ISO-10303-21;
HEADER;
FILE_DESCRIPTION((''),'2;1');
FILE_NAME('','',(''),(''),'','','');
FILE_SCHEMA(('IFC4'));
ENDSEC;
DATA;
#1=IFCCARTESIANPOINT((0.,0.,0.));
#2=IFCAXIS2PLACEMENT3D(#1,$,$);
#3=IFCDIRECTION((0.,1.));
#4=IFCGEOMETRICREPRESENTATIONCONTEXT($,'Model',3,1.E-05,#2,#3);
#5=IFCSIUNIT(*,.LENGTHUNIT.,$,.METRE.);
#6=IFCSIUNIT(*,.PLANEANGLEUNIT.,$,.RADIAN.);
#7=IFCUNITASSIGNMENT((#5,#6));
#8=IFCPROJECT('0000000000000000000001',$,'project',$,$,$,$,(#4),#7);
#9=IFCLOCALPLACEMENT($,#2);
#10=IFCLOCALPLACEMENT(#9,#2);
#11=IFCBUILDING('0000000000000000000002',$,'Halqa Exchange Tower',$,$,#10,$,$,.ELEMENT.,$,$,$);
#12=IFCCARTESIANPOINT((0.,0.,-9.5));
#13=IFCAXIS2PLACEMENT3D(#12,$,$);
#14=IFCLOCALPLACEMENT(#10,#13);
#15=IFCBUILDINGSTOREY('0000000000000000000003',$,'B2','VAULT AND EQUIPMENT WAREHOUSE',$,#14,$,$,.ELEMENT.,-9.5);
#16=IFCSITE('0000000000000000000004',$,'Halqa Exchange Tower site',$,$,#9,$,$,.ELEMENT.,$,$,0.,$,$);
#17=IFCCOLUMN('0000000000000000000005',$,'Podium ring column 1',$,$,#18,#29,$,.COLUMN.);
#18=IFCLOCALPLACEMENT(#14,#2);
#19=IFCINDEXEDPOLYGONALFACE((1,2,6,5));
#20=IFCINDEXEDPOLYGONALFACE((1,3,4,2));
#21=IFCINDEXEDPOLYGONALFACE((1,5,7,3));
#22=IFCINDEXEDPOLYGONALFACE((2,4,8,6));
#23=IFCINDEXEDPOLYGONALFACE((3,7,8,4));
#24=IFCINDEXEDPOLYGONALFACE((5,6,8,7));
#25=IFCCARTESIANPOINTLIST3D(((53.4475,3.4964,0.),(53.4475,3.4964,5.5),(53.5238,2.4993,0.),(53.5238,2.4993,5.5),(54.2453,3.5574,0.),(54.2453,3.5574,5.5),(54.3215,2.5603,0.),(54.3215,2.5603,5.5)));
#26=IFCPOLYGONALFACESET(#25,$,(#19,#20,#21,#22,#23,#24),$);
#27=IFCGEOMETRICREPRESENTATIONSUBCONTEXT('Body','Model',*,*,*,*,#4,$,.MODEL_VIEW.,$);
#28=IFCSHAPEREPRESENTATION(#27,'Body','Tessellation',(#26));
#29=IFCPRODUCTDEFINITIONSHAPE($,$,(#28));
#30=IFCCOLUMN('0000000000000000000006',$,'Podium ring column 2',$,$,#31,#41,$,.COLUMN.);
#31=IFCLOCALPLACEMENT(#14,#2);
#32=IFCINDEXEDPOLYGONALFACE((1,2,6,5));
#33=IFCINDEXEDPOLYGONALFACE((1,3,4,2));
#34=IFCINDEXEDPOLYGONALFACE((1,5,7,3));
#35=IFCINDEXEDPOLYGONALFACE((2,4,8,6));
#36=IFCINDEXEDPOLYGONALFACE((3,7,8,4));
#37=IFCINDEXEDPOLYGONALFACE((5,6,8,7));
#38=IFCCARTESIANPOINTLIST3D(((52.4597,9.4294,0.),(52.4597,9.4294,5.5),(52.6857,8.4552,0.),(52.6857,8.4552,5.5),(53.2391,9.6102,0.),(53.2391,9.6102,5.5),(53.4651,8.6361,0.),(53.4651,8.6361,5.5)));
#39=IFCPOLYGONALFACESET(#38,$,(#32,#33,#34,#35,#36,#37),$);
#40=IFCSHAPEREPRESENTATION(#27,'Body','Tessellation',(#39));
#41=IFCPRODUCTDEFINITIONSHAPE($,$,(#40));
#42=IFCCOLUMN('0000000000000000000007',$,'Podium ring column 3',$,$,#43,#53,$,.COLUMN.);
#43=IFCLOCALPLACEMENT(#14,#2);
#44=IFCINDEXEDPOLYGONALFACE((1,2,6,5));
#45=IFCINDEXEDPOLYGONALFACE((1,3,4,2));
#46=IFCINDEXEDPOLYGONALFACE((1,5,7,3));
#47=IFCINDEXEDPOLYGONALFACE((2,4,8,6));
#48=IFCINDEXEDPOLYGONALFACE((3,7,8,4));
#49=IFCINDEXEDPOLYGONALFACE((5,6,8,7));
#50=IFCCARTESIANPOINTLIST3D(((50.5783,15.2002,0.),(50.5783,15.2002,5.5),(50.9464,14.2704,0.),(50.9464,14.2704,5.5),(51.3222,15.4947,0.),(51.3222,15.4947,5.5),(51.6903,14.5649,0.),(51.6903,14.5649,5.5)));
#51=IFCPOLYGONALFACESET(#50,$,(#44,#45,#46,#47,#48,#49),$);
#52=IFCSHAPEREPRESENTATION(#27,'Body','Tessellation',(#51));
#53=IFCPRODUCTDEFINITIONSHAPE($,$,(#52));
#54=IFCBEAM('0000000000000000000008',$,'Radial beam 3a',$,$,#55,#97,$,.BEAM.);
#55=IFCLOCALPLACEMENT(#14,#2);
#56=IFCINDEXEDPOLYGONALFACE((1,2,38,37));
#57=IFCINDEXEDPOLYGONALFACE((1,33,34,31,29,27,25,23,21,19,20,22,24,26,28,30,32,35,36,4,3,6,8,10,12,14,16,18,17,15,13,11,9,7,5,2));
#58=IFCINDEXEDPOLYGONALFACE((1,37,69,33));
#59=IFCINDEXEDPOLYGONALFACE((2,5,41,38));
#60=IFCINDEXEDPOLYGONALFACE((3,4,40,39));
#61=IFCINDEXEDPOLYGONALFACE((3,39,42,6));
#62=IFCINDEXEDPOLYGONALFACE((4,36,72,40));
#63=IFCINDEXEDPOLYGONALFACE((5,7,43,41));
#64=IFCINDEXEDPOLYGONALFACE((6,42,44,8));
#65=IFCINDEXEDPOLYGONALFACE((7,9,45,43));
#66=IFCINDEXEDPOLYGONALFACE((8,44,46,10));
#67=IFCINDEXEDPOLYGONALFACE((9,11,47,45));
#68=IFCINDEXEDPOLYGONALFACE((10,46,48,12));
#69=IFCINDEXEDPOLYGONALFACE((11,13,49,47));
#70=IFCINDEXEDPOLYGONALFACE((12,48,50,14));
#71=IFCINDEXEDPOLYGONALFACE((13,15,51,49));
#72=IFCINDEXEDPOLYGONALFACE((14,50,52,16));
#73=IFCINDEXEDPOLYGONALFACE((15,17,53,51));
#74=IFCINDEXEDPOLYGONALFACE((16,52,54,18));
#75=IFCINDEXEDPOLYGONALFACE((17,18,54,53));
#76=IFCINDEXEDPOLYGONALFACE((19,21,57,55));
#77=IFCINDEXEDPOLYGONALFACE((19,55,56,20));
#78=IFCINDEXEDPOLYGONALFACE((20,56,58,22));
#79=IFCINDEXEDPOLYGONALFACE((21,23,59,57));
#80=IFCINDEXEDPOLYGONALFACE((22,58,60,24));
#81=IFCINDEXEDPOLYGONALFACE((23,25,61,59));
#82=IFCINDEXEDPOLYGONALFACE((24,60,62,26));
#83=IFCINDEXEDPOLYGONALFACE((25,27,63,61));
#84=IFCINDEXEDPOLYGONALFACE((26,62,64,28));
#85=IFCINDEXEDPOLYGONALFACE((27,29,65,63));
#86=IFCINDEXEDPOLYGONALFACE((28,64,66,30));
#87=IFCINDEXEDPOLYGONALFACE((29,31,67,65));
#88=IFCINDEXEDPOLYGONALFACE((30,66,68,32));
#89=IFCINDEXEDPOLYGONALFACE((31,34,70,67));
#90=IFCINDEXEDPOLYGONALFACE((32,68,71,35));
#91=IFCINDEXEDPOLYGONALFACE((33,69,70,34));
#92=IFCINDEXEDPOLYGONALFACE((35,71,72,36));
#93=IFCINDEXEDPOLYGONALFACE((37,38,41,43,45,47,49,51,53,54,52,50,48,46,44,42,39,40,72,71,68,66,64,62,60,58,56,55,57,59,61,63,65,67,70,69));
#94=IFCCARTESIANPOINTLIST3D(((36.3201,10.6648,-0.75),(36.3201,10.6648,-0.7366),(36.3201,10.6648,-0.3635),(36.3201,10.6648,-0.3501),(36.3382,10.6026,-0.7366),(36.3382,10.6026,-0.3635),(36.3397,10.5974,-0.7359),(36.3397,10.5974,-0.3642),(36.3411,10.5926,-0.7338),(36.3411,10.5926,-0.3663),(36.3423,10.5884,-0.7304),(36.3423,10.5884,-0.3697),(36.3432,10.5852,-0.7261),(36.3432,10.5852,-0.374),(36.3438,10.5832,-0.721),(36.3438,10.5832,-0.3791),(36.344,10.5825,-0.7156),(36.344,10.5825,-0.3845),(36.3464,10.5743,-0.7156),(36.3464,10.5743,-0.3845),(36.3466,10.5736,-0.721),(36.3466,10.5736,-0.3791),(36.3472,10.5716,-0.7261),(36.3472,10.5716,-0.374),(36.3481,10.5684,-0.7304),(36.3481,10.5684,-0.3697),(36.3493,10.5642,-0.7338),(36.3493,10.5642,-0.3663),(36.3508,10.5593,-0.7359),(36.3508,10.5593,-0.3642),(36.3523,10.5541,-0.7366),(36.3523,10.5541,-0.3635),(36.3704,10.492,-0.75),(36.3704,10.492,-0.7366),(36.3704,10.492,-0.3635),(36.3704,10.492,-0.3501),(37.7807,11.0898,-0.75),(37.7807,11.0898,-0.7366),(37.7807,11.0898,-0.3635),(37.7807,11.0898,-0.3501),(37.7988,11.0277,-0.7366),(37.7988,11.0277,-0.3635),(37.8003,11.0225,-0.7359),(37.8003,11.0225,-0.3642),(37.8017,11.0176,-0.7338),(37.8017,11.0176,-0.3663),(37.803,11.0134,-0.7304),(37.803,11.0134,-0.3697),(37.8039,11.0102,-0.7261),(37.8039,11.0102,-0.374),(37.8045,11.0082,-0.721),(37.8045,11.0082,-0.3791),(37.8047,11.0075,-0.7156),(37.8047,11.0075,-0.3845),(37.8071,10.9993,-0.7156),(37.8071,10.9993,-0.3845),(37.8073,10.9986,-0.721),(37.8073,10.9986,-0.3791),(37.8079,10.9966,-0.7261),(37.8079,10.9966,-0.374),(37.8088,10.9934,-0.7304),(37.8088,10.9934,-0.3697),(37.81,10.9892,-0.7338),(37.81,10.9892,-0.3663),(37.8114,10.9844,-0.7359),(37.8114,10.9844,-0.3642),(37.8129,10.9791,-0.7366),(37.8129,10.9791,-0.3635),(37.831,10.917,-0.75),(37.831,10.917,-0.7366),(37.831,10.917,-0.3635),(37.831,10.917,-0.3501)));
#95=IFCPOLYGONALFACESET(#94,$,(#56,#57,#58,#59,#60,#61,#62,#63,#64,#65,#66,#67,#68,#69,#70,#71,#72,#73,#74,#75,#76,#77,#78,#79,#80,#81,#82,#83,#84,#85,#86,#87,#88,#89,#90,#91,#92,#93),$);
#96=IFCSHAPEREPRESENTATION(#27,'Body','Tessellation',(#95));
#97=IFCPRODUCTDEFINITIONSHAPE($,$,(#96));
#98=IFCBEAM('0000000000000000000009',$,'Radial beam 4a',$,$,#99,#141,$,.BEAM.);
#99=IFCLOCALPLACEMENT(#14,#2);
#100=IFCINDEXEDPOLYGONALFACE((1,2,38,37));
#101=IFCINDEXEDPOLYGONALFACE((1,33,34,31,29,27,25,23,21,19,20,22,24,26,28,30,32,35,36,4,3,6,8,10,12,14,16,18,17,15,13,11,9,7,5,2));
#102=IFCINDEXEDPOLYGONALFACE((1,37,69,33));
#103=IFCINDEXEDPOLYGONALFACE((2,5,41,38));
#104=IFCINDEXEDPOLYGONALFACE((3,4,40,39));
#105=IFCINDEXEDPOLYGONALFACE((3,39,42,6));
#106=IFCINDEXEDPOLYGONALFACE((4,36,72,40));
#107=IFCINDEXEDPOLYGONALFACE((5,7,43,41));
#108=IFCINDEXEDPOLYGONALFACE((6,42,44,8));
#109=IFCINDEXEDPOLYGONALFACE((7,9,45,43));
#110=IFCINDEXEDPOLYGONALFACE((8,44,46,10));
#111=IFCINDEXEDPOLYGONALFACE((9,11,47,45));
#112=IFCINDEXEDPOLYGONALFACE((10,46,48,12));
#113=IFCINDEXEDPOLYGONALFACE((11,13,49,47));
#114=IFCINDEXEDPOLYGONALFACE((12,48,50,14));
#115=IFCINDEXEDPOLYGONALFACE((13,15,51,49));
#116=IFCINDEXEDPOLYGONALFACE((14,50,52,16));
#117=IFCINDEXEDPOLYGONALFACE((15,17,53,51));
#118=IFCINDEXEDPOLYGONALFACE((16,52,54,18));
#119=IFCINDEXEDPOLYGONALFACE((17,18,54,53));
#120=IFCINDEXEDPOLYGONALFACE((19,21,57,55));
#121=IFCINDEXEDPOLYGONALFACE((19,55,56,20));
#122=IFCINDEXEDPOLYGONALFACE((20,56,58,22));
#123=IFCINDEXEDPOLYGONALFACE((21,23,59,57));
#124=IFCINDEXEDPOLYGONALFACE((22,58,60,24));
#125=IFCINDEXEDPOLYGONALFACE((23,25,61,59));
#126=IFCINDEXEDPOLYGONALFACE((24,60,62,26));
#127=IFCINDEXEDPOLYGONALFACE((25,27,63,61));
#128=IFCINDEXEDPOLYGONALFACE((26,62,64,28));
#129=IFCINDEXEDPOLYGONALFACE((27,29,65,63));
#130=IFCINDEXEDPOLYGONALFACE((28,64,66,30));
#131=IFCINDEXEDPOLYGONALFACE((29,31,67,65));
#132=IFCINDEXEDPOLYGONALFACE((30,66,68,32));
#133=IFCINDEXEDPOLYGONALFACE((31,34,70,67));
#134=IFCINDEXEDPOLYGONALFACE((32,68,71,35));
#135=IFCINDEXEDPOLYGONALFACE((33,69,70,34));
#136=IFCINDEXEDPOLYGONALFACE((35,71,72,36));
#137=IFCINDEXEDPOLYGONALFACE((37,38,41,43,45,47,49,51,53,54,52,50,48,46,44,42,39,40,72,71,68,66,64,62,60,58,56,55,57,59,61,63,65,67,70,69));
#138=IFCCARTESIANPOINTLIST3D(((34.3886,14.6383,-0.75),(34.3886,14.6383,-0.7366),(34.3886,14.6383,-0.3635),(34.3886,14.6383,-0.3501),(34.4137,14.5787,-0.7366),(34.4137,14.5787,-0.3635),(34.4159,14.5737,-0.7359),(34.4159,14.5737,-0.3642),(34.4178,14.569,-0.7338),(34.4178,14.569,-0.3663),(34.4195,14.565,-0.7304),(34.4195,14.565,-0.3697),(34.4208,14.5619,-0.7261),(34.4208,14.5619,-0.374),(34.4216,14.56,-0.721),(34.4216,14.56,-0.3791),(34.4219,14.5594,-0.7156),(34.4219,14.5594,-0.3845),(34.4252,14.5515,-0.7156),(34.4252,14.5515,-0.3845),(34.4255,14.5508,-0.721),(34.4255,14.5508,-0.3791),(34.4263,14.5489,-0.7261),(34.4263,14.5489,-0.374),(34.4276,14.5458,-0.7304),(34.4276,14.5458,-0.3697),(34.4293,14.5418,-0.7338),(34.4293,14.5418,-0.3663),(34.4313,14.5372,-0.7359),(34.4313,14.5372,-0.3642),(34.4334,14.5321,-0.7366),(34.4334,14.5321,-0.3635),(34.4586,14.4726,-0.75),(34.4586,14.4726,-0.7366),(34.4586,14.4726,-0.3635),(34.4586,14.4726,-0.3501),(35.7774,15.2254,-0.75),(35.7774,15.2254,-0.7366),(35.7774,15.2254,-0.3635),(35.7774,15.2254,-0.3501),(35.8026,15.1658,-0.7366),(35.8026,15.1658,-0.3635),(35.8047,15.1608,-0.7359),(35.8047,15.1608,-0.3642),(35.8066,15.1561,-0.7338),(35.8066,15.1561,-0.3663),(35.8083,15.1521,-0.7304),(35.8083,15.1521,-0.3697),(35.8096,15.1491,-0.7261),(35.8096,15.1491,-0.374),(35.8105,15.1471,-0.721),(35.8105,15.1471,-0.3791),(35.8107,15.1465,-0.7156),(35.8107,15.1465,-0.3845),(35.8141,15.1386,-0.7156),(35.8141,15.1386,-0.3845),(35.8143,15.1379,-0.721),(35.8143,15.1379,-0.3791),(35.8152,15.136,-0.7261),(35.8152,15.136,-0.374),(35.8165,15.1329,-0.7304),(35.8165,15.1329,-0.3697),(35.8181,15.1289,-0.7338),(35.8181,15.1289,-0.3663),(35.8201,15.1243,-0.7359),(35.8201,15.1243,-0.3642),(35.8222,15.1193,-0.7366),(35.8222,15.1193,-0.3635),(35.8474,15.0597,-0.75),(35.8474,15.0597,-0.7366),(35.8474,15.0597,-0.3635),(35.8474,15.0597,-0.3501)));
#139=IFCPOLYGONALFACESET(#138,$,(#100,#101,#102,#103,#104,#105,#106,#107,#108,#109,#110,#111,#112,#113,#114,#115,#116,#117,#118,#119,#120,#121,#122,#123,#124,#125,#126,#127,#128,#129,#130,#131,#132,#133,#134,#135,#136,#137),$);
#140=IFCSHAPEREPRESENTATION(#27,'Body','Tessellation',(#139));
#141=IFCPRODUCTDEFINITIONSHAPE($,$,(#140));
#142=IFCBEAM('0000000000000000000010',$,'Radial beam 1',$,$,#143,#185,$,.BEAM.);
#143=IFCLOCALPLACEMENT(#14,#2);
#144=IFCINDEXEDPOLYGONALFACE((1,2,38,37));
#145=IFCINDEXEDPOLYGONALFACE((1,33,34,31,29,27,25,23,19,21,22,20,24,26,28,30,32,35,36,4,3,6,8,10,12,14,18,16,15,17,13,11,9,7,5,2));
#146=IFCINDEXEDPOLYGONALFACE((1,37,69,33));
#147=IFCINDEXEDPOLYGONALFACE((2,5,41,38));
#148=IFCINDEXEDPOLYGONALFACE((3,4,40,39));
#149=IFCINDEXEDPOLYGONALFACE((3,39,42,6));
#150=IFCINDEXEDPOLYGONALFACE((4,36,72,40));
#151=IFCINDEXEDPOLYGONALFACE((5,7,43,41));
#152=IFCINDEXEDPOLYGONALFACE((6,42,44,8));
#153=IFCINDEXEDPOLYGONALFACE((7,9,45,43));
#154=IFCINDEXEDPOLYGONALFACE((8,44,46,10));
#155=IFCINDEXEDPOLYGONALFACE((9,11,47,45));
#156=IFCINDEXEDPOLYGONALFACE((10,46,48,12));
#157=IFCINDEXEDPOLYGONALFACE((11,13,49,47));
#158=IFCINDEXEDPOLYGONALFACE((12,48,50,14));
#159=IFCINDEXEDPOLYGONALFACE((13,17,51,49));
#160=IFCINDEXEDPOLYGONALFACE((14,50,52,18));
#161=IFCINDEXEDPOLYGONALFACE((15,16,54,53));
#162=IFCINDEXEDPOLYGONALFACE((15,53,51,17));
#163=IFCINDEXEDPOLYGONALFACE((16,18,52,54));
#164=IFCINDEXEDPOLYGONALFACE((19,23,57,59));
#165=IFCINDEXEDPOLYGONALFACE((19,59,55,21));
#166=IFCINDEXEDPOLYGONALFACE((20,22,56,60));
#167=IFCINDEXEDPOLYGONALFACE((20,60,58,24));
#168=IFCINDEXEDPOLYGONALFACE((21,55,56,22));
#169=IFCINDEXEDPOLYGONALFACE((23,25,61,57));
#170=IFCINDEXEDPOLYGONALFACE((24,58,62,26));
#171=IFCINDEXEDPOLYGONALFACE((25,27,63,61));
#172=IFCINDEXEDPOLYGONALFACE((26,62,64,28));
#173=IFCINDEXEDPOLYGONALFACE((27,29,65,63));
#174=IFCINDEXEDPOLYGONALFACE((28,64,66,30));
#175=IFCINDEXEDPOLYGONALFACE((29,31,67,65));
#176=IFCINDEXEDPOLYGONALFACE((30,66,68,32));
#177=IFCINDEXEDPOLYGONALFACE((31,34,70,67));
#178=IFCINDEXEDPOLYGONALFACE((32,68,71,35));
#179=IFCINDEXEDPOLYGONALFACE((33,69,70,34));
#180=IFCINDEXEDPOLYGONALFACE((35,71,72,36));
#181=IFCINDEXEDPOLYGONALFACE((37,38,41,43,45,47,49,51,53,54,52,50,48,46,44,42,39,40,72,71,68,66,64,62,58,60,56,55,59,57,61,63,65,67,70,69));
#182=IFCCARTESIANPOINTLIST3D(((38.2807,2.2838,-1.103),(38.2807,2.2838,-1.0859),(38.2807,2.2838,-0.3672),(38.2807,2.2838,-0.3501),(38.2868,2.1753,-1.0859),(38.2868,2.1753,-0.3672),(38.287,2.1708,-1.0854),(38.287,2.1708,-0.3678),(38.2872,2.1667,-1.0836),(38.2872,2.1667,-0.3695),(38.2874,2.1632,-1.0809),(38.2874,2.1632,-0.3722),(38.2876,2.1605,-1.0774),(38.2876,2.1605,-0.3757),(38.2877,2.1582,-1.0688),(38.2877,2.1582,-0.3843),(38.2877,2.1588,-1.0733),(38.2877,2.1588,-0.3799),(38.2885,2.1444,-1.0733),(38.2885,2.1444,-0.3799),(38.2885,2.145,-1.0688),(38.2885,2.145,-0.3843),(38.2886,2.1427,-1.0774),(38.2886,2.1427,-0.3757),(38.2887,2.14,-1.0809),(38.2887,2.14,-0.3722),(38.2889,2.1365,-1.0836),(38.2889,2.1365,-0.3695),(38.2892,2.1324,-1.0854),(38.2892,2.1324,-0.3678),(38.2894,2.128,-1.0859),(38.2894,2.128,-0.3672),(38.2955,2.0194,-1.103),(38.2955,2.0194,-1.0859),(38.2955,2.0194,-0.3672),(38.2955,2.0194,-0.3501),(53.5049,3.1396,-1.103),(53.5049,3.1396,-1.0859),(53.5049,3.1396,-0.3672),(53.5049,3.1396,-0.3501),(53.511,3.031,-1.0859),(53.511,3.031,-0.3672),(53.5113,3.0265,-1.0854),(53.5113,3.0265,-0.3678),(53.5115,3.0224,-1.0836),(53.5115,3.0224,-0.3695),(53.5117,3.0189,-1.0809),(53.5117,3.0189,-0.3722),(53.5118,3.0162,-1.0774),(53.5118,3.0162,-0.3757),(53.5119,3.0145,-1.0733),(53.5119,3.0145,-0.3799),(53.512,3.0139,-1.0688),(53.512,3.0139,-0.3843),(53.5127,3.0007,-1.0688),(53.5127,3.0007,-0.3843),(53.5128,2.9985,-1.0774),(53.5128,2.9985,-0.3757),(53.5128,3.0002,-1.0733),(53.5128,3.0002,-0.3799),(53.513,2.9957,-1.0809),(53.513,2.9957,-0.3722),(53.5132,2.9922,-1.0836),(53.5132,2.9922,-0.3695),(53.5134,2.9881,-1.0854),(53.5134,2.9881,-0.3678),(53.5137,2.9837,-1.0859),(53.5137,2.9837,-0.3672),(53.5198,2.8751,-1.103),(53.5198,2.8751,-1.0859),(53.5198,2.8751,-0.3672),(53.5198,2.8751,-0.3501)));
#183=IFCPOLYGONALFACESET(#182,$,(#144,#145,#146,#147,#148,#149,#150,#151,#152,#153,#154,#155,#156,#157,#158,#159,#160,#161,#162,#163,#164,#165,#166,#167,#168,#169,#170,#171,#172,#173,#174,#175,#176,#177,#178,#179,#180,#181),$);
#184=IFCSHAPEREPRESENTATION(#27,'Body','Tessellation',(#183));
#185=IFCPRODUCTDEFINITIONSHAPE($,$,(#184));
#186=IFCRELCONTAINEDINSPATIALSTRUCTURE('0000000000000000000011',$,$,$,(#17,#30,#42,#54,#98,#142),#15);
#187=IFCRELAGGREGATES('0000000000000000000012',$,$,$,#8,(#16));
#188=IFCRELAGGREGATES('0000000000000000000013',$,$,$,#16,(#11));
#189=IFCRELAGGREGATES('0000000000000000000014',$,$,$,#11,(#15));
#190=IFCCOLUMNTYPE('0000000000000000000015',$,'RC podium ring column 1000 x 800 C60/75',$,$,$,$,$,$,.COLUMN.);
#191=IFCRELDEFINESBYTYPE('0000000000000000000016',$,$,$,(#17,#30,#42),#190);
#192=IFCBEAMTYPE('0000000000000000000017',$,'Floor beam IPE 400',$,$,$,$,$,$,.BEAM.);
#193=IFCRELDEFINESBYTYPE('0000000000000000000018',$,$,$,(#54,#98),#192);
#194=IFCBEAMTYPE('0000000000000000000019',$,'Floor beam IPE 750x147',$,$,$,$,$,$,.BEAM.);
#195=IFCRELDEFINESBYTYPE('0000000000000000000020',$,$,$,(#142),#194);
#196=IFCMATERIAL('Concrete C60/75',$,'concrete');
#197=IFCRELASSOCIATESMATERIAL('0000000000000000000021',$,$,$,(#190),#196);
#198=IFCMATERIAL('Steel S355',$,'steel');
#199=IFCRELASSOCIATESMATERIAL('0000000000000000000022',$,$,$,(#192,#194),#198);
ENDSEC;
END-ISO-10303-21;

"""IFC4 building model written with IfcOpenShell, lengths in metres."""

from ifc_helpers import new_model, si_unit, direction, frame, origin, origin_2d, place, context, subcontext, project, spatial, rectangle, i_section, extrude, material, material_profile, profile_set, type_object, element, save


model = new_model("IFC4")

# Units and contexts
model_context = context("Model", 3, precision=1e-05, world=origin(), true_north=direction((0.0, 1.0)))
body_context = subcontext(model_context, "Body", "Model", "MODEL_VIEW")
ifc_project = project(units=[si_unit("LENGTHUNIT", "METRE"), si_unit("PLANEANGLEUNIT", "RADIAN")], contexts=[model_context])

# Site, building, storey
site_placement = place(None, origin())
site = spatial("IfcSite", under=ifc_project, at=site_placement, Name="Halqa Exchange Tower site", CompositionType="ELEMENT", RefElevation=0.0)
building_placement = place(site_placement, origin())
building = spatial("IfcBuilding", under=site, at=building_placement, Name="Halqa Exchange Tower", CompositionType="ELEMENT")
storey_placement = place(building_placement, frame((0.0, 0.0, -9.5)))
storey = spatial("IfcBuildingStorey", under=building, at=storey_placement, Name="B2", Description="VAULT AND EQUIPMENT WAREHOUSE", CompositionType="ELEMENT", Elevation=-9.5)

# Columns
ifc_material_1 = material(Name="Concrete C60/75", Category="concrete")
ifc_material_profile_1 = material_profile(ifc_material_1, rectangle(XDim=1.0, YDim=0.8, at=origin_2d()), Name="1000 x 800")
ifc_profile_set_1 = profile_set([ifc_material_profile_1], Name="Concrete C60/75")
column_type = type_object("IfcColumnType", Name="RC podium ring column 1000 x 800 C60/75", PredefinedType="COLUMN", material=ifc_profile_set_1)
for number, where, z_axis, x_axis, name in (
    (1, (53.8845, 3.0283, 0.0), (0.0, 0.0, 1.0), (-0.076223, 0.997091, 0.0), "Podium ring column 1"),
    (2, (52.9624, 9.0327, 0.0), (0.0, 0.0, 1.0), (-0.225997, 0.974128, 0.0), "Podium ring column 2"),
    (3, (51.1343, 14.8826, 0.0), (0.0, 0.0, 1.0), (-0.36811, 0.929782, 0.0), "Podium ring column 3"),
):
    element("IfcColumn", number, at=place(storey_placement, frame(where, z_axis=z_axis, x_axis=x_axis)), inside=storey, type_object=column_type, Name=name, PredefinedType="COLUMN", context=body_context, shape_type="SweptSolid", body=[
        extrude(rectangle(XDim=1.0, YDim=0.8, at=origin_2d()), origin(), (0.0, 0.0, 1.0), 5.5),
    ])

# Beams
ifc_material_2 = material(Name="Steel S355", Category="steel")
ifc_material_profile_2 = material_profile(ifc_material_2, i_section(OverallWidth=0.1799, OverallDepth=0.3999, WebThickness=0.0085, FlangeThickness=0.0134, FilletRadius=0.021, at=origin_2d()), Name="IPE 400")
ifc_profile_set_2 = profile_set([ifc_material_profile_2], Name="Steel S355")
beam_type_1 = type_object("IfcBeamType", Name="Floor beam IPE 400", PredefinedType="BEAM", material=ifc_profile_set_2)
beam_1_placement = place(storey_placement, frame((36.3452, 10.5784, -0.55), z_axis=(0.960174, 0.279402, 0.0), x_axis=(-0.279402, 0.960174, 0.0)))
element("IfcBeam", 4, at=beam_1_placement, inside=storey, type_object=beam_type_1, Name="Radial beam 3a", PredefinedType="BEAM", context=body_context, shape_type="SweptSolid", body=[
    extrude(i_section(OverallWidth=0.1799, OverallDepth=0.3999, WebThickness=0.0085, FlangeThickness=0.0134, FilletRadius=0.021, at=origin_2d()), origin(), (0.0, 0.0, 1.0), 1.5212),
])
beam_2_placement = place(storey_placement, frame((34.4236, 14.5554, -0.55), z_axis=(0.921077, 0.389381, 0.0), x_axis=(-0.389381, 0.921077, 0.0)))
element("IfcBeam", 5, at=beam_2_placement, inside=storey, type_object=beam_type_1, Name="Radial beam 4a", PredefinedType="BEAM", context=body_context, shape_type="SweptSolid", body=[
    extrude(i_section(OverallWidth=0.1799, OverallDepth=0.3999, WebThickness=0.0085, FlangeThickness=0.0134, FilletRadius=0.021, at=origin_2d()), origin(), (0.0, 0.0, 1.0), 1.5078),
])
ifc_material_profile_3 = material_profile(ifc_material_2, i_section(OverallWidth=0.2649, OverallDepth=0.7529, WebThickness=0.0132, FlangeThickness=0.0171, FilletRadius=0.0171, at=origin_2d()), Name="IPE 750x147")
ifc_profile_set_3 = profile_set([ifc_material_profile_3], Name="Steel S355")
beam_type_2 = type_object("IfcBeamType", Name="Floor beam IPE 750x147", PredefinedType="BEAM", material=ifc_profile_set_3)
beam_3_placement = place(storey_placement, frame((38.2881, 2.1516, -0.7266), z_axis=(0.998424, 0.056118, 0.0), x_axis=(-0.056118, 0.998424, 0.0)))
element("IfcBeam", 6, at=beam_3_placement, inside=storey, type_object=beam_type_2, Name="Radial beam 1", PredefinedType="BEAM", context=body_context, shape_type="SweptSolid", body=[
    extrude(i_section(OverallWidth=0.2649, OverallDepth=0.7529, WebThickness=0.0132, FlangeThickness=0.0171, FilletRadius=0.0171, at=origin_2d()), origin(), (0.0, 0.0, 1.0), 15.2483),
])

save(model, "model.ifc")
